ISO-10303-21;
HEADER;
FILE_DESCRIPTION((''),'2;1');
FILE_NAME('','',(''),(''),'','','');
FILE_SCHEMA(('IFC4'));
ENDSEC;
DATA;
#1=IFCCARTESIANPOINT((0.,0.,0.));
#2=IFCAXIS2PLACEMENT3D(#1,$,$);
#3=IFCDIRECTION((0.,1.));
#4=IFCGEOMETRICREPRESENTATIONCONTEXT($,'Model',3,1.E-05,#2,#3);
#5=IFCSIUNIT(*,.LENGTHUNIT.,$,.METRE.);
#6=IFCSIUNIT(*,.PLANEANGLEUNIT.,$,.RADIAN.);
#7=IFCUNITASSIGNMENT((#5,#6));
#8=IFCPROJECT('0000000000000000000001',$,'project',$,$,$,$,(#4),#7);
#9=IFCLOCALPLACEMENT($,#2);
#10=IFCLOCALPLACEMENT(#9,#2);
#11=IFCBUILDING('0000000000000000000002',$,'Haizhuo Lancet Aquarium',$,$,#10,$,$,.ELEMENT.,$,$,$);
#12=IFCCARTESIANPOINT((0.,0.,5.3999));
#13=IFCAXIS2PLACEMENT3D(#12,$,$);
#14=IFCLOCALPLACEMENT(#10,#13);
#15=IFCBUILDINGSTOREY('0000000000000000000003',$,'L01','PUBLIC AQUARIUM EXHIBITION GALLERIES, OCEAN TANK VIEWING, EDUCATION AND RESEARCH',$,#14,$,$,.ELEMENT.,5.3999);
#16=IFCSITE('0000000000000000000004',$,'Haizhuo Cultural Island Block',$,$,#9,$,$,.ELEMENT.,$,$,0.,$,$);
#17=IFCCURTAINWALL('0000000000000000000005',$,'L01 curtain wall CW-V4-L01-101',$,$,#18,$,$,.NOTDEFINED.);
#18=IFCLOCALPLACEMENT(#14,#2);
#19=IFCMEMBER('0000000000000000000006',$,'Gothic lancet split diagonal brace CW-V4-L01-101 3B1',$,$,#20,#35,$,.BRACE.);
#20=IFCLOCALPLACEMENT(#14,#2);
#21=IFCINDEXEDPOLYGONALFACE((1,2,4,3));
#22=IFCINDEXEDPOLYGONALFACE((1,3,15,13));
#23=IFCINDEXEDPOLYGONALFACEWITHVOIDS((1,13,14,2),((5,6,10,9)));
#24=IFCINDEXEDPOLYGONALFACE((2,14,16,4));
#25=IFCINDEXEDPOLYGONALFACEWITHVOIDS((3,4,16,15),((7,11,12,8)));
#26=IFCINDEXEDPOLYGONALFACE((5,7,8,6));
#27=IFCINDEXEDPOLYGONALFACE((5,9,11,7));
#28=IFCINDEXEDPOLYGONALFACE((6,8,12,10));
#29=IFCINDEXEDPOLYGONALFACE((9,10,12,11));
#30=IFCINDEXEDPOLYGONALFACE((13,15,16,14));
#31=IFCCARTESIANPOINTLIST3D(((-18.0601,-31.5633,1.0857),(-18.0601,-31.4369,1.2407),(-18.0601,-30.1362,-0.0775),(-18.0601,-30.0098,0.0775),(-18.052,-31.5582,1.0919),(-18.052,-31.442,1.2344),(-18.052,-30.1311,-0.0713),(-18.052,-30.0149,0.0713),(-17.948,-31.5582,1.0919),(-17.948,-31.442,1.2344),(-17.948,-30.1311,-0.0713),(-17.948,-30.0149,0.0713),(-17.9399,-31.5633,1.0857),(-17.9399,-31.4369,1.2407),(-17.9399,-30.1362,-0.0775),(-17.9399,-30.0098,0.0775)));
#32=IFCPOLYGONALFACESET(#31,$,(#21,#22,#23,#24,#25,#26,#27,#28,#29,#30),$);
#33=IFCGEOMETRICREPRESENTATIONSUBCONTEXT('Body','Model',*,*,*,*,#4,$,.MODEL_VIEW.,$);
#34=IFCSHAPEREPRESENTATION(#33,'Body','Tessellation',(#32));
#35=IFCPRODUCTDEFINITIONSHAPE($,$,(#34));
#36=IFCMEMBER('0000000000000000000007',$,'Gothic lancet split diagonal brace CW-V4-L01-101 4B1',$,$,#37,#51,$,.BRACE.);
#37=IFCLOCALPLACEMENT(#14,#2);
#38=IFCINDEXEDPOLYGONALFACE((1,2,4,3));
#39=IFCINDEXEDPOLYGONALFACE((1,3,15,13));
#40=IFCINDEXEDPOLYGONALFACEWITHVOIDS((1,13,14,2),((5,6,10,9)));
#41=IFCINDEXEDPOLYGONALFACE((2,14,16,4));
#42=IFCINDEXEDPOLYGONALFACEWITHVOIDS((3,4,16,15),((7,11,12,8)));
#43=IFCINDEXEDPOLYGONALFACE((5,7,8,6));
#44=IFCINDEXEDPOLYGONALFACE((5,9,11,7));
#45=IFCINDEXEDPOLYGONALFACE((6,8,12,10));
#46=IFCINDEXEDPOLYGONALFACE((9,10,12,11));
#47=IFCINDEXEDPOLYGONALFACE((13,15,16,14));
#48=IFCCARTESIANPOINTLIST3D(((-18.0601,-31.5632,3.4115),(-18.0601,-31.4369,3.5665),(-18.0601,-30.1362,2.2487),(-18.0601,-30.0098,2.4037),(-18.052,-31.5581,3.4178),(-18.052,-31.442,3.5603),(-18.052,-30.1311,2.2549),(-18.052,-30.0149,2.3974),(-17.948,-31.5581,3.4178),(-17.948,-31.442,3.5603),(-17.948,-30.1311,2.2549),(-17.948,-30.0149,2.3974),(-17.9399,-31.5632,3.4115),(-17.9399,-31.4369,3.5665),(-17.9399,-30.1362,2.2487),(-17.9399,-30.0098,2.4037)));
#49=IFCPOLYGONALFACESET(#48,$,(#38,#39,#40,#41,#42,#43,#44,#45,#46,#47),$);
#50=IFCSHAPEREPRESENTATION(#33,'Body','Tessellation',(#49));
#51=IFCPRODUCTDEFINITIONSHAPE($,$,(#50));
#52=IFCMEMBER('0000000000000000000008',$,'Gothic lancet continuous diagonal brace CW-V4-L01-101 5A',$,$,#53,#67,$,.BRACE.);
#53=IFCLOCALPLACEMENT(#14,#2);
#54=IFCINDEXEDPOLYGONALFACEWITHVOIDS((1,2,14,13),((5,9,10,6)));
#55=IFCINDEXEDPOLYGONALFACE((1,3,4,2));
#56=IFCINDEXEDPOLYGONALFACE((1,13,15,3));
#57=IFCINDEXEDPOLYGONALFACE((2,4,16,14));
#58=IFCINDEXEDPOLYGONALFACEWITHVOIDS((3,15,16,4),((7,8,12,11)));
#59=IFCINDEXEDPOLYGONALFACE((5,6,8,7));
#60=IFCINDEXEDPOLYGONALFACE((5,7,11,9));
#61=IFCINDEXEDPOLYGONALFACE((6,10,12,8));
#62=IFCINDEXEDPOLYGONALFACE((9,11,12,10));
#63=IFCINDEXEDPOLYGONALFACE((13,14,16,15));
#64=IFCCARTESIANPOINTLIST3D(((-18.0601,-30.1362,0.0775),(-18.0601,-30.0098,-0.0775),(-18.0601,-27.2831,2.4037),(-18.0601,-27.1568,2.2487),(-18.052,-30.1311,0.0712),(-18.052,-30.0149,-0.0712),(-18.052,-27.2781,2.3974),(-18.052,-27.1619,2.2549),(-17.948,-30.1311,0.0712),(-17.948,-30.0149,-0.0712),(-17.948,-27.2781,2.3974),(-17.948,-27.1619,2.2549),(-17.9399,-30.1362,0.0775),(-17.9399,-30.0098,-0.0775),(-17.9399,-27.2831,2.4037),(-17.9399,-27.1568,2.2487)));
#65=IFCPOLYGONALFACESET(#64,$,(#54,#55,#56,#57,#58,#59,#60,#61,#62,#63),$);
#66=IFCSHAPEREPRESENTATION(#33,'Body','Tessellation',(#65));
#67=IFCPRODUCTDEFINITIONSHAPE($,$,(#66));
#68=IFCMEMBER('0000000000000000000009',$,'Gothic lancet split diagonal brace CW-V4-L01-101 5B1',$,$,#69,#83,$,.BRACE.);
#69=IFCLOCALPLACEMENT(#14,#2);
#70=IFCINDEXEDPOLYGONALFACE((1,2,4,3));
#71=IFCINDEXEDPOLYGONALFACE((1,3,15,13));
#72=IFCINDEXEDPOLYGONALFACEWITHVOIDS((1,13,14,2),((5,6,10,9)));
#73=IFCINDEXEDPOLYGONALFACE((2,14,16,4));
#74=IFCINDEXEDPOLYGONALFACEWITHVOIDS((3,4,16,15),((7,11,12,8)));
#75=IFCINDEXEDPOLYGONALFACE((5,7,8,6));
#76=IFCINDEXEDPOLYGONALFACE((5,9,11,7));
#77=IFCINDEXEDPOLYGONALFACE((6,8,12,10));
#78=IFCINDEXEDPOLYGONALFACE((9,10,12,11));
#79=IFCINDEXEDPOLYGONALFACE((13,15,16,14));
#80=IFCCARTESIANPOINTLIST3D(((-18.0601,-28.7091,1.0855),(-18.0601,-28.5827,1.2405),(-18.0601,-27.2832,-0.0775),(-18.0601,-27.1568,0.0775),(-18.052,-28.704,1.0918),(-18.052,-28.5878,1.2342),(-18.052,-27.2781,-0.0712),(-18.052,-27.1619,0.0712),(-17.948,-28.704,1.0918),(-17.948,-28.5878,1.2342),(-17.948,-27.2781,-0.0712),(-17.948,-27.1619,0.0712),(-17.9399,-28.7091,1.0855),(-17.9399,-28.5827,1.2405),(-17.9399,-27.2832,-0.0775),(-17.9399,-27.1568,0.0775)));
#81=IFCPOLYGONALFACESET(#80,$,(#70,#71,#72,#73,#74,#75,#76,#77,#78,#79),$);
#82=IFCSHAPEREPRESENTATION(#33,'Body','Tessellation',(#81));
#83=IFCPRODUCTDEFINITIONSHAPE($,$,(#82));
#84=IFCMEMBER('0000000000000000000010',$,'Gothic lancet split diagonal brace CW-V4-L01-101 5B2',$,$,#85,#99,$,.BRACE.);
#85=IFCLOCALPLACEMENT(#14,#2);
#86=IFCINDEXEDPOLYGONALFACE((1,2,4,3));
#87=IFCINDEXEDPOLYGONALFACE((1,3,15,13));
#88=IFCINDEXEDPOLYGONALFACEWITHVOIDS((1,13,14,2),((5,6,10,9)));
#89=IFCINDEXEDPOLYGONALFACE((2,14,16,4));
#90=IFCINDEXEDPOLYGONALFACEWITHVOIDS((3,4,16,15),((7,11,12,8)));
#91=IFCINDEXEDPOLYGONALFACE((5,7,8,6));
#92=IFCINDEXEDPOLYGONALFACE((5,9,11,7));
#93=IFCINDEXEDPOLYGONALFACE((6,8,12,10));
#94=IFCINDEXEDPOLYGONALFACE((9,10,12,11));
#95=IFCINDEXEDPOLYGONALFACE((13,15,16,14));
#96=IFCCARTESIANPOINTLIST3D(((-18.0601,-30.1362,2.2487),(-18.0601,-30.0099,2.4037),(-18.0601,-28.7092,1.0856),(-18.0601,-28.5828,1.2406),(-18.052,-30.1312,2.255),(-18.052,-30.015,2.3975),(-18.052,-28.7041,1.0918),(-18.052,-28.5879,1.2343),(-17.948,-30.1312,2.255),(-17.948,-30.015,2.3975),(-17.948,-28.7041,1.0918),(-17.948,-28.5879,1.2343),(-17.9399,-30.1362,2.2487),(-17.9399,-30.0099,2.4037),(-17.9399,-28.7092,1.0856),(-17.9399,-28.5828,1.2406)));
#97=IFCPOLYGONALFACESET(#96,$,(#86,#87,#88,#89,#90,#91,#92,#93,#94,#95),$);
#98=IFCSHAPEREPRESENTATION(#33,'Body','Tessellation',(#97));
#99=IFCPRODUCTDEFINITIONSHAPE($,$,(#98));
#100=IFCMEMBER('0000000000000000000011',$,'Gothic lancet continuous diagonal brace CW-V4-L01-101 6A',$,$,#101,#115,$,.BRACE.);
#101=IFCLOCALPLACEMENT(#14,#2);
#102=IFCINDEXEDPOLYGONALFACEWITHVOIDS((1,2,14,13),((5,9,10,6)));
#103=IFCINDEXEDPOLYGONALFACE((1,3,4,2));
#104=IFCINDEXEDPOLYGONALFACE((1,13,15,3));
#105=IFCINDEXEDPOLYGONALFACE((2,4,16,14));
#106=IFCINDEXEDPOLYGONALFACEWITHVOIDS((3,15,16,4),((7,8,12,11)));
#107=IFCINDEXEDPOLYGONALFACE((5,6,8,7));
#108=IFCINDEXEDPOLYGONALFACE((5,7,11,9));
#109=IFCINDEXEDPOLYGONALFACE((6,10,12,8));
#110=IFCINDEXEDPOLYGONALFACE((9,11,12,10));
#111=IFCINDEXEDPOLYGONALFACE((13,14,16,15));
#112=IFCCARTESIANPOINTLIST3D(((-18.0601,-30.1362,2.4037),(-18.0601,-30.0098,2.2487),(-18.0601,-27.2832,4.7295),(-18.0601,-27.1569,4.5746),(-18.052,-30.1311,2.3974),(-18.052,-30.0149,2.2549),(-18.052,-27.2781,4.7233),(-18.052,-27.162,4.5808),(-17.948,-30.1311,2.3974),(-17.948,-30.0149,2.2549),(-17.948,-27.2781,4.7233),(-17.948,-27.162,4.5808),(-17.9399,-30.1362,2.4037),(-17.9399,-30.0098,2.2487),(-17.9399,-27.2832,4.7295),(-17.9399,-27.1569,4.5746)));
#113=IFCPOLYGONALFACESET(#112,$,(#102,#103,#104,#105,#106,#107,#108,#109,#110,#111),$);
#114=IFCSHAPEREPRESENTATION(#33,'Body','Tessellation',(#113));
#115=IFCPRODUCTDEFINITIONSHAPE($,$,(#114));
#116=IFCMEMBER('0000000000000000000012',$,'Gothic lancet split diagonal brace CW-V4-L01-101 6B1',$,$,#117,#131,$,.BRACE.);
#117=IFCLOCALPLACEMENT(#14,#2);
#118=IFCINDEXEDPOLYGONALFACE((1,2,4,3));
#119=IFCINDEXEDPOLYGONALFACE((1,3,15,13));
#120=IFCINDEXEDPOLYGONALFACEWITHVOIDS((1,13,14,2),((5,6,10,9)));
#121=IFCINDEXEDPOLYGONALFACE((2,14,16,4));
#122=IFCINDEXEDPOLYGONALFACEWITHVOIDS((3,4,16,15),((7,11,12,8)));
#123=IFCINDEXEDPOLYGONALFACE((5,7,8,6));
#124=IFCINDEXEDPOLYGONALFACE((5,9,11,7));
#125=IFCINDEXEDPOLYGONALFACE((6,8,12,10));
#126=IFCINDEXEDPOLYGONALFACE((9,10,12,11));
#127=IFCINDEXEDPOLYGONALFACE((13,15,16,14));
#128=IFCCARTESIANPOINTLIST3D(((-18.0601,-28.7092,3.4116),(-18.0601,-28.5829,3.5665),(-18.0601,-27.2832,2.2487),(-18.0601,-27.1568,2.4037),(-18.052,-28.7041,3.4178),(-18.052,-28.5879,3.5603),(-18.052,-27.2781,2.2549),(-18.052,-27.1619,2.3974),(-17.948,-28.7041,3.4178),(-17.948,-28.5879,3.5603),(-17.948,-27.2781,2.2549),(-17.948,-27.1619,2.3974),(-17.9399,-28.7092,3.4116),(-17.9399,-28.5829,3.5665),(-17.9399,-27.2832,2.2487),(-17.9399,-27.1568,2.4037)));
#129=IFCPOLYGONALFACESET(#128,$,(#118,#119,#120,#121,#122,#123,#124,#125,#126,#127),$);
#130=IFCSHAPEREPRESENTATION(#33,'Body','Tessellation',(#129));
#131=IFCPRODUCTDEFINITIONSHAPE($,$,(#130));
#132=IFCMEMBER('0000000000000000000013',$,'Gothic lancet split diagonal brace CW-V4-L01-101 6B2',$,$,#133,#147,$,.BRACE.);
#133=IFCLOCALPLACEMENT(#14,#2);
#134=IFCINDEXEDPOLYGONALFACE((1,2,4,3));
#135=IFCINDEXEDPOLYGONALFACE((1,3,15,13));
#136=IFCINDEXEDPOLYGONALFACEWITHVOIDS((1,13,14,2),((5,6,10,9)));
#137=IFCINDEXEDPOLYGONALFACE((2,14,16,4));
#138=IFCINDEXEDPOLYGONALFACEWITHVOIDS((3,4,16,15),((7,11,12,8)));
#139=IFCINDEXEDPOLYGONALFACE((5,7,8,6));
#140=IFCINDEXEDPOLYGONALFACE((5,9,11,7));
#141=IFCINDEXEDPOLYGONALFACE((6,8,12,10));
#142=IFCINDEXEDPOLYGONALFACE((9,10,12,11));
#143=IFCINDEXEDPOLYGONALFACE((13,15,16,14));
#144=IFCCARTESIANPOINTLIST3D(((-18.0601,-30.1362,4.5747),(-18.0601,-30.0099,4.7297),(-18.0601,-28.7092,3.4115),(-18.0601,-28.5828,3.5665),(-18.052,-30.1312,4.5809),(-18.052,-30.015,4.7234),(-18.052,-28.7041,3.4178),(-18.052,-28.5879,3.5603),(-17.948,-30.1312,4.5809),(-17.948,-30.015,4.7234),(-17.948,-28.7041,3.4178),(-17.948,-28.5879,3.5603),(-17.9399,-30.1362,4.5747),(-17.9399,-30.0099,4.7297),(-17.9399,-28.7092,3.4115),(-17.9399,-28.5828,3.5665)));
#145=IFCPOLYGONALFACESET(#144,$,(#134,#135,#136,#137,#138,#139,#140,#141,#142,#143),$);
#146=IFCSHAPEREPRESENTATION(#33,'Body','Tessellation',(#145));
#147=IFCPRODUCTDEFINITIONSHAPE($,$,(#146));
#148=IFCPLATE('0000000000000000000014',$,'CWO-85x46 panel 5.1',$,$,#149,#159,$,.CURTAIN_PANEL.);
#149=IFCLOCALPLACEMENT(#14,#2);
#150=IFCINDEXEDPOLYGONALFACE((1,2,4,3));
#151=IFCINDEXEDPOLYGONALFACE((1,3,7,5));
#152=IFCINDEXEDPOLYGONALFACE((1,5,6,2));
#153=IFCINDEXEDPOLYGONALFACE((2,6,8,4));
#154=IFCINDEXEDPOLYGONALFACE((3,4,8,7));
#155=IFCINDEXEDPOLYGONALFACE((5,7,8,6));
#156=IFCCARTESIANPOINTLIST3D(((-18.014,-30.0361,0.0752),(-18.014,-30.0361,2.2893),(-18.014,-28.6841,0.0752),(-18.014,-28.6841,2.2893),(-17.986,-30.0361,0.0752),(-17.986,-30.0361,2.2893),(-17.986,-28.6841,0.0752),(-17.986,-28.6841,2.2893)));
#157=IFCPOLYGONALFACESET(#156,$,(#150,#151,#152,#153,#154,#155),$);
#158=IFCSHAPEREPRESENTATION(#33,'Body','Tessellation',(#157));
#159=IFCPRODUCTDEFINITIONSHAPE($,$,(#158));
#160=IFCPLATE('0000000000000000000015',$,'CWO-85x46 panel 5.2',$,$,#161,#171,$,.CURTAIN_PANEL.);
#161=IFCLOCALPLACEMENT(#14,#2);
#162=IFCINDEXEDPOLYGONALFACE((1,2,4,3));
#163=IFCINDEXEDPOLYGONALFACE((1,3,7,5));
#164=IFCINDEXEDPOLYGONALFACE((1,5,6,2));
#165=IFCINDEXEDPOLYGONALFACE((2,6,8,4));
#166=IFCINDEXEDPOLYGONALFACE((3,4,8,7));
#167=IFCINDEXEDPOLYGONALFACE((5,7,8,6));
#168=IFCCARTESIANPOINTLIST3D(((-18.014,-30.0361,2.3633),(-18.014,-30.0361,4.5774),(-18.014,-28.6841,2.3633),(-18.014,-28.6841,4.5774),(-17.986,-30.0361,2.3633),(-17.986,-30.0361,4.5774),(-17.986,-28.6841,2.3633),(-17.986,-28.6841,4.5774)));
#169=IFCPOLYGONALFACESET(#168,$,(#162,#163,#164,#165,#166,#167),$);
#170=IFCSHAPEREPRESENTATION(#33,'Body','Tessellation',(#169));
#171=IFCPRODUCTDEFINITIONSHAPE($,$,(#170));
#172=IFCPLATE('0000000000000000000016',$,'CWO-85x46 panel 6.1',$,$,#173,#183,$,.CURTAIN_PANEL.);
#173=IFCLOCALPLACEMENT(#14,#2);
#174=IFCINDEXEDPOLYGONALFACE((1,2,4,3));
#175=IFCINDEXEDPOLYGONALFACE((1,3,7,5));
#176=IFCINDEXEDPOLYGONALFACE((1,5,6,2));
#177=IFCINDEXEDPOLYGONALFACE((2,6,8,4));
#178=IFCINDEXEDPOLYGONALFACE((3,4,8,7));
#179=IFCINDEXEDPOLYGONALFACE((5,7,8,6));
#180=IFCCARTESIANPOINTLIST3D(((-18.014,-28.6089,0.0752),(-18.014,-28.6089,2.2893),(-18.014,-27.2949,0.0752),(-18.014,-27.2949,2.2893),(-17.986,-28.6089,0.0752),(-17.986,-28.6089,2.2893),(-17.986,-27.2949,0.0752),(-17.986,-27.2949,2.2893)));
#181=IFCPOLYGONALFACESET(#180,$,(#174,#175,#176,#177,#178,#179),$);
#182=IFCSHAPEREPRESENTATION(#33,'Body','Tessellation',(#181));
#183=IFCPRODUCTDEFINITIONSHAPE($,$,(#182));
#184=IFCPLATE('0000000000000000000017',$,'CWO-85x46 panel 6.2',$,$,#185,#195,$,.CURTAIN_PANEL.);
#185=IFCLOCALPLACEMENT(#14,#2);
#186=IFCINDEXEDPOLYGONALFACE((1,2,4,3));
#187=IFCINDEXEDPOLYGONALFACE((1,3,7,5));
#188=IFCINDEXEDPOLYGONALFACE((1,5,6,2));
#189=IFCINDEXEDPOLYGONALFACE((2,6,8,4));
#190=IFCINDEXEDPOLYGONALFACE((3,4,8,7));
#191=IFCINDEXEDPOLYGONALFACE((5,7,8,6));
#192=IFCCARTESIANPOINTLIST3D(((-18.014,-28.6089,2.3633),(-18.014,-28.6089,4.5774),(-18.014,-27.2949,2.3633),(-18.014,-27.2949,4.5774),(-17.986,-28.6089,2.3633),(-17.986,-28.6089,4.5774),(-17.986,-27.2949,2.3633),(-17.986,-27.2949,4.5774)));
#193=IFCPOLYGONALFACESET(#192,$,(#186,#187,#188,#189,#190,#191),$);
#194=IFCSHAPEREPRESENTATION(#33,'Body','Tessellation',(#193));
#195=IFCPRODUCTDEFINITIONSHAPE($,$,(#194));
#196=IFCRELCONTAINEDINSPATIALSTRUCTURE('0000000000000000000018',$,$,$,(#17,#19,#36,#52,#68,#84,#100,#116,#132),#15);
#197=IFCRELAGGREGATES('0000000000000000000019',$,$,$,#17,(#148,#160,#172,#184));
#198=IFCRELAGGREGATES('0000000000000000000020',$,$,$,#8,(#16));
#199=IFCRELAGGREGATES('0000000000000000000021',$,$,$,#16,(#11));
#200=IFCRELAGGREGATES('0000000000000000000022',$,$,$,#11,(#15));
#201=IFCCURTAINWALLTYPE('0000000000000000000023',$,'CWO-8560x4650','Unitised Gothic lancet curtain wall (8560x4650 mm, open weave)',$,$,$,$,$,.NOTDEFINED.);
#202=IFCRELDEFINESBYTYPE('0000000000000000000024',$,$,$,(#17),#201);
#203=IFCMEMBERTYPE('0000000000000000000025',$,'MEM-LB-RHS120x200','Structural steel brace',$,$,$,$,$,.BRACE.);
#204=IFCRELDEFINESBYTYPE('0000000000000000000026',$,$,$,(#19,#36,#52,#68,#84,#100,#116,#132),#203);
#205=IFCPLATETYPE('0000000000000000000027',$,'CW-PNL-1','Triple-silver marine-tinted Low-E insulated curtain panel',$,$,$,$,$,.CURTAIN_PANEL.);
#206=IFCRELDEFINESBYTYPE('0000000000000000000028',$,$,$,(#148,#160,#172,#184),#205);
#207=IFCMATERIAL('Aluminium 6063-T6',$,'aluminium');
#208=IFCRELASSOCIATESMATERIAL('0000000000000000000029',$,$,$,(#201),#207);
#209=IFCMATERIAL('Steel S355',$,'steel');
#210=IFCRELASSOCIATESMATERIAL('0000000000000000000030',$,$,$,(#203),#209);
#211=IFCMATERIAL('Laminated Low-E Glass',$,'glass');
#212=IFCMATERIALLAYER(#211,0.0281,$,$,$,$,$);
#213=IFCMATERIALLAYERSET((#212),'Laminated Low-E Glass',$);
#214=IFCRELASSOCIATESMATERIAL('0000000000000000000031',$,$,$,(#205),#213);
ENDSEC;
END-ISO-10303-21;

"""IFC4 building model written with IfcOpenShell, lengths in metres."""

from ifc_helpers import new_model, si_unit, direction, frame, origin, origin_2d, place, context, subcontext, project, spatial, rectangle, hollow_rectangle, extrude, material, layer, layer_set, material_profile, profile_set, type_object, element, aggregate, save


model = new_model("IFC4")

# Units and contexts
model_context = context("Model", 3, precision=1e-05, world=origin(), true_north=direction((0.0, 1.0)))
body_context = subcontext(model_context, "Body", "Model", "MODEL_VIEW")
ifc_project = project(units=[si_unit("LENGTHUNIT", "METRE"), si_unit("PLANEANGLEUNIT", "RADIAN")], contexts=[model_context])

# Site, building, storey
site_placement = place(None, origin())
site = spatial("IfcSite", under=ifc_project, at=site_placement, Name="Haizhuo Cultural Island Block", CompositionType="ELEMENT", RefElevation=0.0)
building_placement = place(site_placement, origin())
building = spatial("IfcBuilding", under=site, at=building_placement, Name="Haizhuo Lancet Aquarium", CompositionType="ELEMENT")
storey_placement = place(building_placement, frame((0.0, 0.0, 5.3999)))
storey = spatial("IfcBuildingStorey", under=building, at=storey_placement, Name="L01", Description="PUBLIC AQUARIUM EXHIBITION GALLERIES, OCEAN TANK VIEWING, EDUCATION AND RESEARCH", CompositionType="ELEMENT", Elevation=5.3999)

# Curtain wall
ifc_material_1 = material(Name="Aluminium 6063-T6", Category="aluminium")
curtain_wall_type = type_object("IfcCurtainWallType", Name="CWO-8560x4650", Description="Unitised Gothic lancet curtain wall (8560x4650 mm, open weave)", PredefinedType="NOTDEFINED", material=ifc_material_1)
curtain_wall_placement = place(storey_placement, origin())
curtain_wall = element("IfcCurtainWall", 1, at=curtain_wall_placement, inside=storey, type_object=curtain_wall_type, Name="L01 curtain wall CW-V4-L01-101", PredefinedType="NOTDEFINED")

# Shared definitions
ifc_material_2 = material(Name="Steel S355", Category="steel")

# Members
ifc_material_profile_1 = material_profile(ifc_material_2, hollow_rectangle(XDim=0.1201, YDim=0.2, WallThickness=0.0081, at=origin_2d()), Name="RHS 120x200x8")
ifc_profile_set_1 = profile_set([ifc_material_profile_1], Name="Steel S355")
member_type_1 = type_object("IfcMemberType", Name="MEM-LB-RHS120x200", Description="Structural steel brace", PredefinedType="BRACE", material=ifc_profile_set_1)
member_1_placement = place(storey_placement, frame((-18.0, -30.073, 0.0), z_axis=(0.0, -0.775144, 0.631785), x_axis=(1.0, 0.0, 0.0)))
element("IfcMember", 2, at=member_1_placement, inside=storey, type_object=member_type_1, Name="Gothic lancet split diagonal brace CW-V4-L01-101 3B1", PredefinedType="BRACE", context=body_context, shape_type="SweptSolid", body=[
    extrude(hollow_rectangle(XDim=0.1201, YDim=0.2, WallThickness=0.0081, at=origin_2d()), origin(), (0.0, 0.0, 1.0), 1.8411),
])
member_2_placement = place(storey_placement, frame((-18.0, -30.073, 2.3262), z_axis=(0.0, -0.775209, 0.631705), x_axis=(1.0, 0.0, 0.0)))
element("IfcMember", 3, at=member_2_placement, inside=storey, type_object=member_type_1, Name="Gothic lancet split diagonal brace CW-V4-L01-101 4B1", PredefinedType="BRACE", context=body_context, shape_type="SweptSolid", body=[
    extrude(hollow_rectangle(XDim=0.1201, YDim=0.2, WallThickness=0.0081, at=origin_2d()), origin(), (0.0, 0.0, 1.0), 1.8408),
])
member_3_placement = place(storey_placement, frame((-18.0, -30.073, 0.0), z_axis=(0.0, 0.775038, 0.631915), x_axis=(-1.0, 0.0, 0.0)))
element("IfcMember", 4, at=member_3_placement, inside=storey, type_object=member_type_1, Name="Gothic lancet continuous diagonal brace CW-V4-L01-101 5A", PredefinedType="BRACE", context=body_context, shape_type="SweptSolid", body=[
    extrude(hollow_rectangle(XDim=0.1201, YDim=0.2, WallThickness=0.0081, at=origin_2d()), origin(), (0.0, 0.0, 1.0), 3.6812),
])
member_4_placement = place(storey_placement, frame((-18.0, -27.22, 0.0), z_axis=(0.0, -0.774932, 0.632045), x_axis=(1.0, 0.0, 0.0)))
element("IfcMember", 5, at=member_4_placement, inside=storey, type_object=member_type_1, Name="Gothic lancet split diagonal brace CW-V4-L01-101 5B1", PredefinedType="BRACE", context=body_context, shape_type="SweptSolid", body=[
    extrude(hollow_rectangle(XDim=0.1201, YDim=0.2, WallThickness=0.0081, at=origin_2d()), origin(), (0.0, 0.0, 1.0), 1.8401),
])
member_5_placement = place(storey_placement, frame((-18.0, -28.646, 1.1631), z_axis=(0.0, -0.775144, 0.631785), x_axis=(1.0, 0.0, 0.0)))
element("IfcMember", 6, at=member_5_placement, inside=storey, type_object=member_type_1, Name="Gothic lancet split diagonal brace CW-V4-L01-101 5B2", PredefinedType="BRACE", context=body_context, shape_type="SweptSolid", body=[
    extrude(hollow_rectangle(XDim=0.1201, YDim=0.2, WallThickness=0.0081, at=origin_2d()), origin(), (0.0, 0.0, 1.0), 1.8411),
])
member_6_placement = place(storey_placement, frame((-18.0, -30.073, 2.3262), z_axis=(0.0, 0.77507, 0.631875), x_axis=(-1.0, 0.0, 0.0)))
element("IfcMember", 7, at=member_6_placement, inside=storey, type_object=member_type_1, Name="Gothic lancet continuous diagonal brace CW-V4-L01-101 6A", PredefinedType="BRACE", context=body_context, shape_type="SweptSolid", body=[
    extrude(hollow_rectangle(XDim=0.1201, YDim=0.2, WallThickness=0.0081, at=origin_2d()), origin(), (0.0, 0.0, 1.0), 3.6809),
])
member_7_placement = place(storey_placement, frame((-18.0, -27.22, 2.3262), z_axis=(0.0, -0.774997, 0.631965), x_axis=(1.0, 0.0, 0.0)))
element("IfcMember", 8, at=member_7_placement, inside=storey, type_object=member_type_1, Name="Gothic lancet split diagonal brace CW-V4-L01-101 6B1", PredefinedType="BRACE", context=body_context, shape_type="SweptSolid", body=[
    extrude(hollow_rectangle(XDim=0.1201, YDim=0.2, WallThickness=0.0081, at=origin_2d()), origin(), (0.0, 0.0, 1.0), 1.8401),
])
member_8_placement = place(storey_placement, frame((-18.0, -28.646, 3.489), z_axis=(0.0, -0.775144, 0.631785), x_axis=(1.0, 0.0, 0.0)))
element("IfcMember", 9, at=member_8_placement, inside=storey, type_object=member_type_1, Name="Gothic lancet split diagonal brace CW-V4-L01-101 6B2", PredefinedType="BRACE", context=body_context, shape_type="SweptSolid", body=[
    extrude(hollow_rectangle(XDim=0.1201, YDim=0.2, WallThickness=0.0081, at=origin_2d()), origin(), (0.0, 0.0, 1.0), 1.8411),
])

# Plates
ifc_material_3 = material(Name="Laminated Low-E Glass", Category="glass")
ifc_layer_1 = layer(ifc_material_3, 0.0281)
ifc_layer_set_1 = layer_set([ifc_layer_1], Name="Laminated Low-E Glass")
plate_type = type_object("IfcPlateType", Name="CW-PNL-1", Description="Triple-silver marine-tinted Low-E insulated curtain panel", PredefinedType="CURTAIN_PANEL", material=ifc_layer_set_1)
plate_1_placement = place(storey_placement, frame((-18.0, -29.3601, 0.0752), z_axis=(0.0, 0.0, 1.0), x_axis=(0.0, 1.0, 0.0)))
plate_1 = element("IfcPlate", 10, at=plate_1_placement, type_object=plate_type, Name="CWO-85x46 panel 5.1", PredefinedType="CURTAIN_PANEL", context=body_context, shape_type="SweptSolid", body=[
    extrude(rectangle(XDim=1.3521, YDim=0.0281, at=origin_2d()), origin(), (0.0, 0.0, 1.0), 2.2141),
])
plate_2_placement = place(storey_placement, frame((-18.0, -29.3601, 2.3633), z_axis=(0.0, 0.0, 1.0), x_axis=(0.0, 1.0, 0.0)))
plate_2 = element("IfcPlate", 11, at=plate_2_placement, type_object=plate_type, Name="CWO-85x46 panel 5.2", PredefinedType="CURTAIN_PANEL", context=body_context, shape_type="SweptSolid", body=[
    extrude(rectangle(XDim=1.3521, YDim=0.0281, at=origin_2d()), origin(), (0.0, 0.0, 1.0), 2.2141),
])
plate_3_placement = place(storey_placement, frame((-18.0, -27.9519, 0.0752), z_axis=(0.0, 0.0, 1.0), x_axis=(0.0, 1.0, 0.0)))
plate_3 = element("IfcPlate", 12, at=plate_3_placement, type_object=plate_type, Name="CWO-85x46 panel 6.1", PredefinedType="CURTAIN_PANEL", context=body_context, shape_type="SweptSolid", body=[
    extrude(rectangle(XDim=1.314, YDim=0.0281, at=origin_2d()), origin(), (0.0, 0.0, 1.0), 2.2141),
])
plate_4_placement = place(storey_placement, frame((-18.0, -27.9519, 2.3633), z_axis=(0.0, 0.0, 1.0), x_axis=(0.0, 1.0, 0.0)))
plate_4 = element("IfcPlate", 13, at=plate_4_placement, type_object=plate_type, Name="CWO-85x46 panel 6.2", PredefinedType="CURTAIN_PANEL", context=body_context, shape_type="SweptSolid", body=[
    extrude(rectangle(XDim=1.314, YDim=0.0281, at=origin_2d()), origin(), (0.0, 0.0, 1.0), 2.2141),
])
aggregate(curtain_wall, [plate_1, plate_2, plate_3, plate_4])

save(model, "model.ifc")
